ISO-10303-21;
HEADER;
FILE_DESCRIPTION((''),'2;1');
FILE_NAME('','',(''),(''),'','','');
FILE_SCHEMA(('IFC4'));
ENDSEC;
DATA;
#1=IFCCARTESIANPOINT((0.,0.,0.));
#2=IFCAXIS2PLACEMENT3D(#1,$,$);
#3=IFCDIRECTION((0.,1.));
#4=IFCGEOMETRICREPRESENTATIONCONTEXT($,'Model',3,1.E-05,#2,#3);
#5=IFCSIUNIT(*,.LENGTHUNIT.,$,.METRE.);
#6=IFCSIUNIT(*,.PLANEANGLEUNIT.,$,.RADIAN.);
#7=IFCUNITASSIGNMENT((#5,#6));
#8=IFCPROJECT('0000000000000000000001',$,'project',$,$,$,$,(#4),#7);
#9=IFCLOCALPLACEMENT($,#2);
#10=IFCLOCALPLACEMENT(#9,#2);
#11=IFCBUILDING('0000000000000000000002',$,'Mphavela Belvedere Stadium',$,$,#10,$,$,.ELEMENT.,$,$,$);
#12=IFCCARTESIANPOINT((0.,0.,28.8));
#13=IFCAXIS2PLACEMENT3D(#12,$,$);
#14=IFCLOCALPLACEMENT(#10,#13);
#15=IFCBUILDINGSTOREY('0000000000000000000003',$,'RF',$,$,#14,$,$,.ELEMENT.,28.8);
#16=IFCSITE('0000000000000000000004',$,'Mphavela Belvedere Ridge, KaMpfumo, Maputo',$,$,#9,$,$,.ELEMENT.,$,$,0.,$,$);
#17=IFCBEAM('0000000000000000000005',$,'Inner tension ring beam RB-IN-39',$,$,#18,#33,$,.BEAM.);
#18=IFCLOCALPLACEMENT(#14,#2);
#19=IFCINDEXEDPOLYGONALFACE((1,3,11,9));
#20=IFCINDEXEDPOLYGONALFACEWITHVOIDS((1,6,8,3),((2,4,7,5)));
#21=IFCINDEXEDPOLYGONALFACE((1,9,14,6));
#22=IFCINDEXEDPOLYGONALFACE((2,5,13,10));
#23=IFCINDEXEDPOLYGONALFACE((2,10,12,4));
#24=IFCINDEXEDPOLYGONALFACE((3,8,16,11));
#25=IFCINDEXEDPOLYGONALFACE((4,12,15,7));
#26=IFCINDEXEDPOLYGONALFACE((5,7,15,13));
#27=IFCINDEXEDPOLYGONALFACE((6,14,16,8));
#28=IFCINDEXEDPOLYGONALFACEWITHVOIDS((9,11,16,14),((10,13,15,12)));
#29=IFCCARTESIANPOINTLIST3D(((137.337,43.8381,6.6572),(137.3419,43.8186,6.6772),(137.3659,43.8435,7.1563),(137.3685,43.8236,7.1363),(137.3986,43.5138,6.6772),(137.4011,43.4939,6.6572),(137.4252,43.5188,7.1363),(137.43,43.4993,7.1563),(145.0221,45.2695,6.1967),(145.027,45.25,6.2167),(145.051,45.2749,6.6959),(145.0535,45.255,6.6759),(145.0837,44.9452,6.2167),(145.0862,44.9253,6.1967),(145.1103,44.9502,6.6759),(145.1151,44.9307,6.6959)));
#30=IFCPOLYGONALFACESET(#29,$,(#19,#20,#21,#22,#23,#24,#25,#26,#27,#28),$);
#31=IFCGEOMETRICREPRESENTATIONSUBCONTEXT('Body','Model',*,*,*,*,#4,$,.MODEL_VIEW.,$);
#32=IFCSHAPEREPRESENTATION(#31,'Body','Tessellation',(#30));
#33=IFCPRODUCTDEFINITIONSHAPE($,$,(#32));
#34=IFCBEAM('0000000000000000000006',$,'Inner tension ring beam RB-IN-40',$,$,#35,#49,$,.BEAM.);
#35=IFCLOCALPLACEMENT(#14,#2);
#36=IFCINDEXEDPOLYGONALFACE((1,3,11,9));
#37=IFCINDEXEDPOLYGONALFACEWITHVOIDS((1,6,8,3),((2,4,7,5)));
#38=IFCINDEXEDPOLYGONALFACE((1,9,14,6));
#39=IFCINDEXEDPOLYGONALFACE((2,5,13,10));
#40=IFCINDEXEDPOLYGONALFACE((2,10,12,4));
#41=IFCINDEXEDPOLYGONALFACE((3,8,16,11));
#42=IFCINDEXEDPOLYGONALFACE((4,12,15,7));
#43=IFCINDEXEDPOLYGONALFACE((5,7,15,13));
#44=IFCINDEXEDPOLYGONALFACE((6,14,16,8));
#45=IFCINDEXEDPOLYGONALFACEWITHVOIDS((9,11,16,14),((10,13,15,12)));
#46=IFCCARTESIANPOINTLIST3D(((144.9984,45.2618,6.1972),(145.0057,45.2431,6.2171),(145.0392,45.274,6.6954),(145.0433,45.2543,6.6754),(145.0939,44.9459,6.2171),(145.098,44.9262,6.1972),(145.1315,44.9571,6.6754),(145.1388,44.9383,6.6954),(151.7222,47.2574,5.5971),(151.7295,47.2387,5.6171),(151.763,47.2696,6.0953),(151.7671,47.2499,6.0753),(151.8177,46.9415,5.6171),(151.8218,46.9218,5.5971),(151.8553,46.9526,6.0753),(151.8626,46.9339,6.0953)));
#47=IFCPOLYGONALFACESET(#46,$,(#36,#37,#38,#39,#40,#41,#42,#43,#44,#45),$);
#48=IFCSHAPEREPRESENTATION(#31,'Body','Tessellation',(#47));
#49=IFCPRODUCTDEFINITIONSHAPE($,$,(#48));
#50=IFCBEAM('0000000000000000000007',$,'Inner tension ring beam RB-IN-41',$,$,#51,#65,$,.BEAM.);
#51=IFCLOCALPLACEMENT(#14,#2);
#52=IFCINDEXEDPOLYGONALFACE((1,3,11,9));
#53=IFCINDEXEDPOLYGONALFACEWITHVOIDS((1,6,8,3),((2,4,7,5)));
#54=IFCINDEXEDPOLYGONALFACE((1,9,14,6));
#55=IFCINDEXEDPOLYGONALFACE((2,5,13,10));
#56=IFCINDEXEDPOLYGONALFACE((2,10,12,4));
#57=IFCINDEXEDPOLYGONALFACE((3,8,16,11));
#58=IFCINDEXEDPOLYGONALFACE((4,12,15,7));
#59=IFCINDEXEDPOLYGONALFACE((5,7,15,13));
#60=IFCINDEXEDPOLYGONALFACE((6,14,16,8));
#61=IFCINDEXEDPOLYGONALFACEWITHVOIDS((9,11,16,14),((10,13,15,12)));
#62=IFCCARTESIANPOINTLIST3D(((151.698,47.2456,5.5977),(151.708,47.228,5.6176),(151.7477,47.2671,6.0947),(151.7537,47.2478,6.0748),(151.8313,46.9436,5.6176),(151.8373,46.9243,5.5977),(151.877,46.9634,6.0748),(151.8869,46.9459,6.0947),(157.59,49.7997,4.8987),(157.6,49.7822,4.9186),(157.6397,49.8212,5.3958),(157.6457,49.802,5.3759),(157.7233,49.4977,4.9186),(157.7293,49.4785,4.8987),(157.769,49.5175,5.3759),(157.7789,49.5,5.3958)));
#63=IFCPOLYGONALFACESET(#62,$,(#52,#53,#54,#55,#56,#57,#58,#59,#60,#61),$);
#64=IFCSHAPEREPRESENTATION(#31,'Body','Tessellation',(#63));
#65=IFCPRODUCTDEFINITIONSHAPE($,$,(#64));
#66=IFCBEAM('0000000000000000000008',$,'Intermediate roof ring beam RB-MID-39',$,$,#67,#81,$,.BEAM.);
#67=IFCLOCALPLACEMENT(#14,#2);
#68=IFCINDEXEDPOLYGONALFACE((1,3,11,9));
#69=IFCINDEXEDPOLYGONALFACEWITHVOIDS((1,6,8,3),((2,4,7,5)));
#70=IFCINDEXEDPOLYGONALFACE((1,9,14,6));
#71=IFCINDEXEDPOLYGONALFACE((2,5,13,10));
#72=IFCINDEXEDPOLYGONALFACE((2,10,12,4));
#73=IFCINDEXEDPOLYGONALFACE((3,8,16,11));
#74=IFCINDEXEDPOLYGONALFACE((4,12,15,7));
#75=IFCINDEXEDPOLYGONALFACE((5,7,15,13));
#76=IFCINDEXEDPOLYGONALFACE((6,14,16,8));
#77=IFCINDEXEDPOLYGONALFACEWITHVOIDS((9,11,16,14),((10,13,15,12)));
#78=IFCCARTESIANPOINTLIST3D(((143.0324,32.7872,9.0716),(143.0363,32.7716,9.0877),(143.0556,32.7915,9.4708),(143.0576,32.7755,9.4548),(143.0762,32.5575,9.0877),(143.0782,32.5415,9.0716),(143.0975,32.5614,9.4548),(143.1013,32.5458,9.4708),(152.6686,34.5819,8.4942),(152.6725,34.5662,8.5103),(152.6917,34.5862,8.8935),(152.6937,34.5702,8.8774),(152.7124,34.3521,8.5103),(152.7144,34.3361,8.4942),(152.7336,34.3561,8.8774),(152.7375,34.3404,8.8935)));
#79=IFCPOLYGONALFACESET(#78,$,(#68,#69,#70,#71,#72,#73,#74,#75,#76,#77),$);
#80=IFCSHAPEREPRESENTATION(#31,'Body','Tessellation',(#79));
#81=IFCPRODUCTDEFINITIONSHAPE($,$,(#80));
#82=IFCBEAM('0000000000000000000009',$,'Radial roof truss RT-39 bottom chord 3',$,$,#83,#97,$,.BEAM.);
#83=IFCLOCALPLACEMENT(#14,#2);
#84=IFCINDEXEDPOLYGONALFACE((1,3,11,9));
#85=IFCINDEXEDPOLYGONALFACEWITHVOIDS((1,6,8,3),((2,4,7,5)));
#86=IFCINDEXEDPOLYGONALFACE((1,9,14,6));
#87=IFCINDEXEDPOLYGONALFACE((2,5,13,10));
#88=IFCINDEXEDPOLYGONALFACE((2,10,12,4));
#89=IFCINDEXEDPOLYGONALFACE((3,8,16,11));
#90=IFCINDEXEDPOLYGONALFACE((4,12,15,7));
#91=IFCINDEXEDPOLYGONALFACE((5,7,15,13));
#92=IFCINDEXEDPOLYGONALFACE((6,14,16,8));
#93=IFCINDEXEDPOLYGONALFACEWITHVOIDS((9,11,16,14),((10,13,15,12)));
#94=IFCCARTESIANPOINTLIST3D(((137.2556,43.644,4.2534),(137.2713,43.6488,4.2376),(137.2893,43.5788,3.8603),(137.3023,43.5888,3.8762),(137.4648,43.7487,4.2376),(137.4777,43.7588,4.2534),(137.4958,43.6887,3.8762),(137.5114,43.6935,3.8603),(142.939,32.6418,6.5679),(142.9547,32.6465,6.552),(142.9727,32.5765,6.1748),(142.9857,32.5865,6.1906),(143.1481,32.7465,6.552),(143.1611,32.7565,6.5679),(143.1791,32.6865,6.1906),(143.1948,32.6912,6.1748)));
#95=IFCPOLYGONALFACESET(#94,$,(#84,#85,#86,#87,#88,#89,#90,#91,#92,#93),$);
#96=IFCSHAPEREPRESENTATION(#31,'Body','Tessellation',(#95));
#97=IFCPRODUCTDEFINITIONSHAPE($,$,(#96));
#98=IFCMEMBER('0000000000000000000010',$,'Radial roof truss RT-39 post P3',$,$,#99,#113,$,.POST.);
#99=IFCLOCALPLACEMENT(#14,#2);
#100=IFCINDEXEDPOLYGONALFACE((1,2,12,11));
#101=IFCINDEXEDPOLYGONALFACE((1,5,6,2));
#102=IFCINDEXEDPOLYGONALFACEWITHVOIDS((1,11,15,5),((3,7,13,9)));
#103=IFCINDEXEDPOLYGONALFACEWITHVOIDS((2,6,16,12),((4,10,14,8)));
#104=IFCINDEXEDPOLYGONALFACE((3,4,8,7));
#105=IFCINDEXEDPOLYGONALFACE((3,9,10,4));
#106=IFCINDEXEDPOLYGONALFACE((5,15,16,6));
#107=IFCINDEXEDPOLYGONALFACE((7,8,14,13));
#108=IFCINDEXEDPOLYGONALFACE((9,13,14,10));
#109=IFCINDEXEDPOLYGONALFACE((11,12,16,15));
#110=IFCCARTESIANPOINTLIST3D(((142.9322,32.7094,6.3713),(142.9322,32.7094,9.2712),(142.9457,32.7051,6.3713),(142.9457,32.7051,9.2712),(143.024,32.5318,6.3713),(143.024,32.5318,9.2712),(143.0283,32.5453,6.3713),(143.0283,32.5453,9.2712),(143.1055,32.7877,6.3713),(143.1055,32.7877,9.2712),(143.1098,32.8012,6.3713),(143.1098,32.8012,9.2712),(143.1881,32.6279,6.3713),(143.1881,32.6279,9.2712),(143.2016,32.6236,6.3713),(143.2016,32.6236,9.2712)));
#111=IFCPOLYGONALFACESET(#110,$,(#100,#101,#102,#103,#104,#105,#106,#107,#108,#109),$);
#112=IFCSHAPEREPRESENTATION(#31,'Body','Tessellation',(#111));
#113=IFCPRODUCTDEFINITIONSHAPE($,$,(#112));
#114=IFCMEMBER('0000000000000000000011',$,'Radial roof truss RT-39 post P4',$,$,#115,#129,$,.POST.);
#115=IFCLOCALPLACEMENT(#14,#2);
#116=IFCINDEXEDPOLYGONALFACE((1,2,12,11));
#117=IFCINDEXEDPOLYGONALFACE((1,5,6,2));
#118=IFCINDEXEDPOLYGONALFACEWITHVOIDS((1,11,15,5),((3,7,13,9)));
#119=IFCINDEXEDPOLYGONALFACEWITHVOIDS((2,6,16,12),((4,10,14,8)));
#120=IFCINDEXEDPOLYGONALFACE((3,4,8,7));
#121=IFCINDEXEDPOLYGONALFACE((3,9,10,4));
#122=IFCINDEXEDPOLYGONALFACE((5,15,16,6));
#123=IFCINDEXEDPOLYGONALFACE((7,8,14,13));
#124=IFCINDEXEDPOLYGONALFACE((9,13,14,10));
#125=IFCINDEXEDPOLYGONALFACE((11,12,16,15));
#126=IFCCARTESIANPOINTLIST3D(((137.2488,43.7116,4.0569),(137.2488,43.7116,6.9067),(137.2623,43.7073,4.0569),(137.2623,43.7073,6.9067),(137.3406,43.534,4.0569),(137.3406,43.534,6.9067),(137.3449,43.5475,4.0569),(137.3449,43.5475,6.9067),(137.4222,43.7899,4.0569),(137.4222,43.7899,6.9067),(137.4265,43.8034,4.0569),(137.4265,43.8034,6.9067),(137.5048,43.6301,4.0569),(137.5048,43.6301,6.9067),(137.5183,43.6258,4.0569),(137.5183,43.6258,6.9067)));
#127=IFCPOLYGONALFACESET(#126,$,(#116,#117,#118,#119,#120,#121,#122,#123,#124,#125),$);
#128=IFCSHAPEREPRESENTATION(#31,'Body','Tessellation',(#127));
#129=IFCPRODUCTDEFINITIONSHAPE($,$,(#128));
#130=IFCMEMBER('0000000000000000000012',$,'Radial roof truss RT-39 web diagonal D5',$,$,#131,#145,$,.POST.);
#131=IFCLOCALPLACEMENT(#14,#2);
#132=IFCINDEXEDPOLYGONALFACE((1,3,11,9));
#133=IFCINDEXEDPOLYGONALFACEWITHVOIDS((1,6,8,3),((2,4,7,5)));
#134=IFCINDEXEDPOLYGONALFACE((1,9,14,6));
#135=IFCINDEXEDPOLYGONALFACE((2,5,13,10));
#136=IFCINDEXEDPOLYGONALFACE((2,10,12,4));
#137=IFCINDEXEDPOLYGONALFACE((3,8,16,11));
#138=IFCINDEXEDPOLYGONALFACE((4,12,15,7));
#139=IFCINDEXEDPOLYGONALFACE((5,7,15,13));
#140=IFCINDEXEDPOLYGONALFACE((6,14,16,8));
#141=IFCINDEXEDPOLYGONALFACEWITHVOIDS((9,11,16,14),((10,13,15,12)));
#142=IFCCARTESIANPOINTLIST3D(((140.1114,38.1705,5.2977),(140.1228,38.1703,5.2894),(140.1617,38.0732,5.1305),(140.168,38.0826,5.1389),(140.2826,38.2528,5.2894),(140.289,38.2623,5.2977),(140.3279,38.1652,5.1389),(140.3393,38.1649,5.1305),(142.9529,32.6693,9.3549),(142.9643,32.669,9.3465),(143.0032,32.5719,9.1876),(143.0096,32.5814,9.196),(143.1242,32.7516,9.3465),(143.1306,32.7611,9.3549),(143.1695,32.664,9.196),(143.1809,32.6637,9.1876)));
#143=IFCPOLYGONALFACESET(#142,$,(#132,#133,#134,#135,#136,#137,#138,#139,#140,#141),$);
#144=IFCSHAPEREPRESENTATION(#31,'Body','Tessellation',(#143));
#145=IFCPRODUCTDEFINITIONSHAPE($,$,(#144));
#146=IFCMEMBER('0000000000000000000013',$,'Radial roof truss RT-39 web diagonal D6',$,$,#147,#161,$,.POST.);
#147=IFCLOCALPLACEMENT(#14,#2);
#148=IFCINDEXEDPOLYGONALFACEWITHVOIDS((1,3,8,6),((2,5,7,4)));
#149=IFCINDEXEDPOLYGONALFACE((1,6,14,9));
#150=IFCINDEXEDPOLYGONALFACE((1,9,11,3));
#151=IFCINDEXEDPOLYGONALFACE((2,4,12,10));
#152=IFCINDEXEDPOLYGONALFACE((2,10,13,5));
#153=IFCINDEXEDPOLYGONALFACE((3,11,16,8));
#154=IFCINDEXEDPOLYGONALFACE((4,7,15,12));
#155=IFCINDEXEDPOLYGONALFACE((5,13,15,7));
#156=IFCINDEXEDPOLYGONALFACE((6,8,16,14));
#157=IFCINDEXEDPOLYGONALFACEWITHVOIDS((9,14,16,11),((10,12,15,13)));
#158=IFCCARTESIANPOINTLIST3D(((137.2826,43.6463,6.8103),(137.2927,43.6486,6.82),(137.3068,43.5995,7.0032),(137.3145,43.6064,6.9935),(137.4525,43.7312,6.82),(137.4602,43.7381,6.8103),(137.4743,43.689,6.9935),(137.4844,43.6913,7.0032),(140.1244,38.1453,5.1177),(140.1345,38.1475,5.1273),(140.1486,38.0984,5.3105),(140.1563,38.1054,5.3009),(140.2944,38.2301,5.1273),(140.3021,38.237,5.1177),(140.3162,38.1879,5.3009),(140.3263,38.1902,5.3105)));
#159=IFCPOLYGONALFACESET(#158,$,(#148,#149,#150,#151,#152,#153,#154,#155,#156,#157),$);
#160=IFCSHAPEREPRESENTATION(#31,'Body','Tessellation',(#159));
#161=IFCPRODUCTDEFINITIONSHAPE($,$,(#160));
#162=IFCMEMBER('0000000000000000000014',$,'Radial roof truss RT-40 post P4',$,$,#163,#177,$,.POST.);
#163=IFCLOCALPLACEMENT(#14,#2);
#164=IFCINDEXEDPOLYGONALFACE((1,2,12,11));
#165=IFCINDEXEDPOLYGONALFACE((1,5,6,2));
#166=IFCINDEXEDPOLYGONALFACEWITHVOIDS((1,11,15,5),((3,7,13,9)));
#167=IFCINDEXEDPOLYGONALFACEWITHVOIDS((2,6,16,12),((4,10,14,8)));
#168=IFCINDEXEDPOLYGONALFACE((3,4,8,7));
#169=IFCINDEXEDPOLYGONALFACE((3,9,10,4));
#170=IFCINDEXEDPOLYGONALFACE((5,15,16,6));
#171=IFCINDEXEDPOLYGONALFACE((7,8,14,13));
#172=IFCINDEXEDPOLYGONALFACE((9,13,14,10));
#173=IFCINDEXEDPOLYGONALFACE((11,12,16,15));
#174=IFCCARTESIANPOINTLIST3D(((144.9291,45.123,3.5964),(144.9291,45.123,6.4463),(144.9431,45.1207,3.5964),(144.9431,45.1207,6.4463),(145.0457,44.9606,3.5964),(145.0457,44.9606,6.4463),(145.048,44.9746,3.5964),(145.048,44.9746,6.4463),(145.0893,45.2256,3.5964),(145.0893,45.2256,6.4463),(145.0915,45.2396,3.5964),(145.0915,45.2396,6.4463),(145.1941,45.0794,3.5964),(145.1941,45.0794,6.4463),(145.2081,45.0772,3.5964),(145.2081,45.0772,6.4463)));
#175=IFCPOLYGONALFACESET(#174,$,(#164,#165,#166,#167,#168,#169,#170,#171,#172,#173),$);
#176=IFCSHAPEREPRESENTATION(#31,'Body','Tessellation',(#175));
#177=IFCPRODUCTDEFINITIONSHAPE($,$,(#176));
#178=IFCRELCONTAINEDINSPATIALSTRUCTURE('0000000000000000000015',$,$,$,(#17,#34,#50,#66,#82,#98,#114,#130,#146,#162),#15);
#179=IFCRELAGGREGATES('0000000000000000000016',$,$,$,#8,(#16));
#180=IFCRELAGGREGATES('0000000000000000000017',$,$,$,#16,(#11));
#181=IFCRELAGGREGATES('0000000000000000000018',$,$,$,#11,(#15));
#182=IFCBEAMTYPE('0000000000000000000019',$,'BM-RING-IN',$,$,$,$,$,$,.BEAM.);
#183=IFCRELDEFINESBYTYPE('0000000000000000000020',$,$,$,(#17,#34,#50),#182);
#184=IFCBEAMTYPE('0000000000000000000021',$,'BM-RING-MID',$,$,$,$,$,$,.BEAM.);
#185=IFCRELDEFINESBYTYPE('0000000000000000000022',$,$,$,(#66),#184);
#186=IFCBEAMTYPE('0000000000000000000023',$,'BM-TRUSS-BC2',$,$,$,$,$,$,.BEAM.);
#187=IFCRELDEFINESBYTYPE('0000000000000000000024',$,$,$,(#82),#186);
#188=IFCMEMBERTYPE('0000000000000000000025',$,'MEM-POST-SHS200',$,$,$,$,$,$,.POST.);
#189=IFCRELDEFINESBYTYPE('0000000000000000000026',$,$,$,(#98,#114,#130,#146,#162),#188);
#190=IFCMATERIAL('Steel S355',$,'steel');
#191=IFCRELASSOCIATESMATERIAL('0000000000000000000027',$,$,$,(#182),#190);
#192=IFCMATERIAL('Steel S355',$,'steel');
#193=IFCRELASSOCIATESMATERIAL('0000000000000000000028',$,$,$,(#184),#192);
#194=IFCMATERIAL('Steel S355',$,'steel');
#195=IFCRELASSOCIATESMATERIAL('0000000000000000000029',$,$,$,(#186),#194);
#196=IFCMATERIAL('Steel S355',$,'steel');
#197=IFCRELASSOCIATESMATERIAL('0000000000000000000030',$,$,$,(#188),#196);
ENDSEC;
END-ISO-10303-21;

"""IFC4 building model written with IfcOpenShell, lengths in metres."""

from ifc_helpers import new_model, si_unit, direction, frame, origin, origin_2d, place, context, subcontext, project, spatial, hollow_rectangle, extrude, material, material_profile, profile_set, type_object, element, save


model = new_model("IFC4")

# Units and contexts
model_context = context("Model", 3, precision=1e-05, world=origin(), true_north=direction((0.0, 1.0)))
body_context = subcontext(model_context, "Body", "Model", "MODEL_VIEW")
ifc_project = project(units=[si_unit("LENGTHUNIT", "METRE"), si_unit("PLANEANGLEUNIT", "RADIAN")], contexts=[model_context])

# Site, building, storey
site_placement = place(None, origin())
site = spatial("IfcSite", under=ifc_project, at=site_placement, Name="Mphavela Belvedere Ridge, KaMpfumo, Maputo", CompositionType="ELEMENT", RefElevation=0.0)
building_placement = place(site_placement, origin())
building = spatial("IfcBuilding", under=site, at=building_placement, Name="Mphavela Belvedere Stadium", CompositionType="ELEMENT")
storey_placement = place(building_placement, frame((0.0, 0.0, 28.8)))
storey = spatial("IfcBuildingStorey", under=building, at=storey_placement, Name="RF", CompositionType="ELEMENT", Elevation=28.8)

# Beams
ifc_material_1 = material(Name="Steel S355", Category="steel")
ifc_material_profile_1 = material_profile(ifc_material_1, hollow_rectangle(XDim=0.3501, YDim=0.5, WallThickness=0.02, at=origin_2d()), Name="RHS 500x350x20")
ifc_profile_set_1 = profile_set([ifc_material_profile_1], Name="Steel S355")
beam_type_1 = type_object("IfcBeamType", Name="BM-RING-IN", PredefinedType="BEAM", material=ifc_profile_set_1)
beam_1_placement = place(storey_placement, frame((137.3835, 43.6687, 6.9067), z_axis=(0.981392, 0.182791, -0.0588), x_axis=(-0.183108, 0.983093, 0.0)))
element("IfcBeam", 1, at=beam_1_placement, inside=storey, type_object=beam_type_1, Name="Inner tension ring beam RB-IN-39", PredefinedType="BEAM", context=body_context, shape_type="SweptSolid", body=[
    extrude(hollow_rectangle(XDim=0.3501, YDim=0.5, WallThickness=0.02, at=origin_2d()), origin(), (0.0, 0.0, 1.0), 7.8308),
])
beam_2_placement = place(storey_placement, frame((145.0686, 45.1001, 6.4463), z_axis=(0.955178, 0.283491, -0.085248), x_axis=(-0.284527, 0.958668, 0.0)))
element("IfcBeam", 2, at=beam_2_placement, inside=storey, type_object=beam_type_1, Name="Inner tension ring beam RB-IN-40", PredefinedType="BEAM", context=body_context, shape_type="SweptSolid", body=[
    extrude(hollow_rectangle(XDim=0.3501, YDim=0.5, WallThickness=0.02, at=origin_2d()), origin(), (0.0, 0.0, 1.0), 7.0393),
])
beam_3_placement = place(storey_placement, frame((151.7925, 47.0957, 5.8462), z_axis=(0.912114, 0.395398, -0.108203), x_axis=(-0.397733, 0.917501, 0.0)))
element("IfcBeam", 3, at=beam_3_placement, inside=storey, type_object=beam_type_1, Name="Inner tension ring beam RB-IN-41", PredefinedType="BEAM", context=body_context, shape_type="SweptSolid", body=[
    extrude(hollow_rectangle(XDim=0.3501, YDim=0.5, WallThickness=0.02, at=origin_2d()), origin(), (0.0, 0.0, 1.0), 6.4597),
])
ifc_material_2 = material(Name="Steel S355", Category="steel")
ifc_material_profile_2 = material_profile(ifc_material_2, hollow_rectangle(XDim=0.25, YDim=0.3999, WallThickness=0.0161, at=origin_2d()), Name="RHS 400x250x16")
ifc_profile_set_2 = profile_set([ifc_material_profile_2], Name="Steel S355")
beam_type_2 = type_object("IfcBeamType", Name="BM-RING-MID", PredefinedType="BEAM", material=ifc_profile_set_2)
beam_4_placement = place(storey_placement, frame((143.0669, 32.6665, 9.2712), z_axis=(0.981394, 0.182778, -0.058804), x_axis=(-0.183094, 0.983095, 0.0)))
element("IfcBeam", 4, at=beam_4_placement, inside=storey, type_object=beam_type_2, Name="Intermediate roof ring beam RB-MID-39", PredefinedType="BEAM", context=body_context, shape_type="SweptSolid", body=[
    extrude(hollow_rectangle(XDim=0.25, YDim=0.3999, WallThickness=0.0161, at=origin_2d()), origin(), (0.0, 0.0, 1.0), 9.8188),
])
ifc_material_3 = material(Name="Steel S355", Category="steel")
ifc_material_profile_3 = material_profile(ifc_material_3, hollow_rectangle(XDim=0.25, YDim=0.3999, WallThickness=0.0161, at=origin_2d()), Name="RHS 400x250x16")
ifc_profile_set_3 = profile_set([ifc_material_profile_3], Name="Steel S355")
beam_type_3 = type_object("IfcBeamType", Name="BM-TRUSS-BC2", PredefinedType="BEAM", material=ifc_profile_set_3)
beam_5_placement = place(storey_placement, frame((143.0669, 32.6665, 6.3713), z_axis=(-0.451137, 0.87334, -0.183718), x_axis=(-0.888463, -0.458949, 0.0)))
element("IfcBeam", 5, at=beam_5_placement, inside=storey, type_object=beam_type_3, Name="Radial roof truss RT-39 bottom chord 3", PredefinedType="BEAM", context=body_context, shape_type="SweptSolid", body=[
    extrude(hollow_rectangle(XDim=0.25, YDim=0.3999, WallThickness=0.0161, at=origin_2d()), origin(), (0.0, 0.0, 1.0), 12.5979),
])

# Members
ifc_material_4 = material(Name="Steel S355", Category="steel")
ifc_material_profile_4 = material_profile(ifc_material_4, hollow_rectangle(XDim=0.2, YDim=0.2, WallThickness=0.01, at=origin_2d()), Name="SHS 200x200x10")
ifc_profile_set_4 = profile_set([ifc_material_profile_4], Name="Steel S355")
member_type_1 = type_object("IfcMemberType", Name="MEM-POST-SHS200", PredefinedType="POST", material=ifc_profile_set_4)
member_1_placement = place(storey_placement, frame((143.0669, 32.6665, 6.3713), z_axis=(0.0, 0.0, 1.0), x_axis=(0.45896, -0.888457, 0.0)))
element("IfcMember", 6, at=member_1_placement, inside=storey, type_object=member_type_1, Name="Radial roof truss RT-39 post P3", PredefinedType="POST", context=body_context, shape_type="SweptSolid", body=[
    extrude(hollow_rectangle(XDim=0.2, YDim=0.2, WallThickness=0.01, at=origin_2d()), origin(), (0.0, 0.0, 1.0), 2.8999),
])
member_2_placement = place(storey_placement, frame((137.3835, 43.6687, 4.0569), z_axis=(0.0, 0.0, 1.0), x_axis=(0.45896, -0.888457, 0.0)))
element("IfcMember", 7, at=member_2_placement, inside=storey, type_object=member_type_1, Name="Radial roof truss RT-39 post P4", PredefinedType="POST", context=body_context, shape_type="SweptSolid", body=[
    extrude(hollow_rectangle(XDim=0.2, YDim=0.2, WallThickness=0.01, at=origin_2d()), origin(), (0.0, 0.0, 1.0), 2.8499),
])
member_3_placement = place(storey_placement, frame((143.0669, 32.6665, 9.2712), z_axis=(-0.38386, 0.743149, -0.54807), x_axis=(-0.888475, -0.458925, 0.0)))
element("IfcMember", 8, at=member_3_placement, inside=storey, type_object=member_type_1, Name="Radial roof truss RT-39 web diagonal D5", PredefinedType="POST", context=body_context, shape_type="SweptSolid", body=[
    extrude(hollow_rectangle(XDim=0.2, YDim=0.2, WallThickness=0.01, at=origin_2d()), origin(), (0.0, 0.0, 1.0), 7.4026),
])
member_4_placement = place(storey_placement, frame((140.2253, 38.1677, 5.2141), z_axis=(-0.442727, 0.857004, 0.263697), x_axis=(-0.888451, -0.458972, 0.0)))
element("IfcMember", 9, at=member_4_placement, inside=storey, type_object=member_type_1, Name="Radial roof truss RT-39 web diagonal D6", PredefinedType="POST", context=body_context, shape_type="SweptSolid", body=[
    extrude(hollow_rectangle(XDim=0.2, YDim=0.2, WallThickness=0.01, at=origin_2d()), origin(), (0.0, 0.0, 1.0), 6.4189),
])
member_5_placement = place(storey_placement, frame((145.0686, 45.1001, 3.5964), z_axis=(0.0, 0.0, 1.0), x_axis=(0.582974, -0.812491, 0.0)))
element("IfcMember", 10, at=member_5_placement, inside=storey, type_object=member_type_1, Name="Radial roof truss RT-40 post P4", PredefinedType="POST", context=body_context, shape_type="SweptSolid", body=[
    extrude(hollow_rectangle(XDim=0.2, YDim=0.2, WallThickness=0.01, at=origin_2d()), origin(), (0.0, 0.0, 1.0), 2.8499),
])

save(model, "model.ifc")
